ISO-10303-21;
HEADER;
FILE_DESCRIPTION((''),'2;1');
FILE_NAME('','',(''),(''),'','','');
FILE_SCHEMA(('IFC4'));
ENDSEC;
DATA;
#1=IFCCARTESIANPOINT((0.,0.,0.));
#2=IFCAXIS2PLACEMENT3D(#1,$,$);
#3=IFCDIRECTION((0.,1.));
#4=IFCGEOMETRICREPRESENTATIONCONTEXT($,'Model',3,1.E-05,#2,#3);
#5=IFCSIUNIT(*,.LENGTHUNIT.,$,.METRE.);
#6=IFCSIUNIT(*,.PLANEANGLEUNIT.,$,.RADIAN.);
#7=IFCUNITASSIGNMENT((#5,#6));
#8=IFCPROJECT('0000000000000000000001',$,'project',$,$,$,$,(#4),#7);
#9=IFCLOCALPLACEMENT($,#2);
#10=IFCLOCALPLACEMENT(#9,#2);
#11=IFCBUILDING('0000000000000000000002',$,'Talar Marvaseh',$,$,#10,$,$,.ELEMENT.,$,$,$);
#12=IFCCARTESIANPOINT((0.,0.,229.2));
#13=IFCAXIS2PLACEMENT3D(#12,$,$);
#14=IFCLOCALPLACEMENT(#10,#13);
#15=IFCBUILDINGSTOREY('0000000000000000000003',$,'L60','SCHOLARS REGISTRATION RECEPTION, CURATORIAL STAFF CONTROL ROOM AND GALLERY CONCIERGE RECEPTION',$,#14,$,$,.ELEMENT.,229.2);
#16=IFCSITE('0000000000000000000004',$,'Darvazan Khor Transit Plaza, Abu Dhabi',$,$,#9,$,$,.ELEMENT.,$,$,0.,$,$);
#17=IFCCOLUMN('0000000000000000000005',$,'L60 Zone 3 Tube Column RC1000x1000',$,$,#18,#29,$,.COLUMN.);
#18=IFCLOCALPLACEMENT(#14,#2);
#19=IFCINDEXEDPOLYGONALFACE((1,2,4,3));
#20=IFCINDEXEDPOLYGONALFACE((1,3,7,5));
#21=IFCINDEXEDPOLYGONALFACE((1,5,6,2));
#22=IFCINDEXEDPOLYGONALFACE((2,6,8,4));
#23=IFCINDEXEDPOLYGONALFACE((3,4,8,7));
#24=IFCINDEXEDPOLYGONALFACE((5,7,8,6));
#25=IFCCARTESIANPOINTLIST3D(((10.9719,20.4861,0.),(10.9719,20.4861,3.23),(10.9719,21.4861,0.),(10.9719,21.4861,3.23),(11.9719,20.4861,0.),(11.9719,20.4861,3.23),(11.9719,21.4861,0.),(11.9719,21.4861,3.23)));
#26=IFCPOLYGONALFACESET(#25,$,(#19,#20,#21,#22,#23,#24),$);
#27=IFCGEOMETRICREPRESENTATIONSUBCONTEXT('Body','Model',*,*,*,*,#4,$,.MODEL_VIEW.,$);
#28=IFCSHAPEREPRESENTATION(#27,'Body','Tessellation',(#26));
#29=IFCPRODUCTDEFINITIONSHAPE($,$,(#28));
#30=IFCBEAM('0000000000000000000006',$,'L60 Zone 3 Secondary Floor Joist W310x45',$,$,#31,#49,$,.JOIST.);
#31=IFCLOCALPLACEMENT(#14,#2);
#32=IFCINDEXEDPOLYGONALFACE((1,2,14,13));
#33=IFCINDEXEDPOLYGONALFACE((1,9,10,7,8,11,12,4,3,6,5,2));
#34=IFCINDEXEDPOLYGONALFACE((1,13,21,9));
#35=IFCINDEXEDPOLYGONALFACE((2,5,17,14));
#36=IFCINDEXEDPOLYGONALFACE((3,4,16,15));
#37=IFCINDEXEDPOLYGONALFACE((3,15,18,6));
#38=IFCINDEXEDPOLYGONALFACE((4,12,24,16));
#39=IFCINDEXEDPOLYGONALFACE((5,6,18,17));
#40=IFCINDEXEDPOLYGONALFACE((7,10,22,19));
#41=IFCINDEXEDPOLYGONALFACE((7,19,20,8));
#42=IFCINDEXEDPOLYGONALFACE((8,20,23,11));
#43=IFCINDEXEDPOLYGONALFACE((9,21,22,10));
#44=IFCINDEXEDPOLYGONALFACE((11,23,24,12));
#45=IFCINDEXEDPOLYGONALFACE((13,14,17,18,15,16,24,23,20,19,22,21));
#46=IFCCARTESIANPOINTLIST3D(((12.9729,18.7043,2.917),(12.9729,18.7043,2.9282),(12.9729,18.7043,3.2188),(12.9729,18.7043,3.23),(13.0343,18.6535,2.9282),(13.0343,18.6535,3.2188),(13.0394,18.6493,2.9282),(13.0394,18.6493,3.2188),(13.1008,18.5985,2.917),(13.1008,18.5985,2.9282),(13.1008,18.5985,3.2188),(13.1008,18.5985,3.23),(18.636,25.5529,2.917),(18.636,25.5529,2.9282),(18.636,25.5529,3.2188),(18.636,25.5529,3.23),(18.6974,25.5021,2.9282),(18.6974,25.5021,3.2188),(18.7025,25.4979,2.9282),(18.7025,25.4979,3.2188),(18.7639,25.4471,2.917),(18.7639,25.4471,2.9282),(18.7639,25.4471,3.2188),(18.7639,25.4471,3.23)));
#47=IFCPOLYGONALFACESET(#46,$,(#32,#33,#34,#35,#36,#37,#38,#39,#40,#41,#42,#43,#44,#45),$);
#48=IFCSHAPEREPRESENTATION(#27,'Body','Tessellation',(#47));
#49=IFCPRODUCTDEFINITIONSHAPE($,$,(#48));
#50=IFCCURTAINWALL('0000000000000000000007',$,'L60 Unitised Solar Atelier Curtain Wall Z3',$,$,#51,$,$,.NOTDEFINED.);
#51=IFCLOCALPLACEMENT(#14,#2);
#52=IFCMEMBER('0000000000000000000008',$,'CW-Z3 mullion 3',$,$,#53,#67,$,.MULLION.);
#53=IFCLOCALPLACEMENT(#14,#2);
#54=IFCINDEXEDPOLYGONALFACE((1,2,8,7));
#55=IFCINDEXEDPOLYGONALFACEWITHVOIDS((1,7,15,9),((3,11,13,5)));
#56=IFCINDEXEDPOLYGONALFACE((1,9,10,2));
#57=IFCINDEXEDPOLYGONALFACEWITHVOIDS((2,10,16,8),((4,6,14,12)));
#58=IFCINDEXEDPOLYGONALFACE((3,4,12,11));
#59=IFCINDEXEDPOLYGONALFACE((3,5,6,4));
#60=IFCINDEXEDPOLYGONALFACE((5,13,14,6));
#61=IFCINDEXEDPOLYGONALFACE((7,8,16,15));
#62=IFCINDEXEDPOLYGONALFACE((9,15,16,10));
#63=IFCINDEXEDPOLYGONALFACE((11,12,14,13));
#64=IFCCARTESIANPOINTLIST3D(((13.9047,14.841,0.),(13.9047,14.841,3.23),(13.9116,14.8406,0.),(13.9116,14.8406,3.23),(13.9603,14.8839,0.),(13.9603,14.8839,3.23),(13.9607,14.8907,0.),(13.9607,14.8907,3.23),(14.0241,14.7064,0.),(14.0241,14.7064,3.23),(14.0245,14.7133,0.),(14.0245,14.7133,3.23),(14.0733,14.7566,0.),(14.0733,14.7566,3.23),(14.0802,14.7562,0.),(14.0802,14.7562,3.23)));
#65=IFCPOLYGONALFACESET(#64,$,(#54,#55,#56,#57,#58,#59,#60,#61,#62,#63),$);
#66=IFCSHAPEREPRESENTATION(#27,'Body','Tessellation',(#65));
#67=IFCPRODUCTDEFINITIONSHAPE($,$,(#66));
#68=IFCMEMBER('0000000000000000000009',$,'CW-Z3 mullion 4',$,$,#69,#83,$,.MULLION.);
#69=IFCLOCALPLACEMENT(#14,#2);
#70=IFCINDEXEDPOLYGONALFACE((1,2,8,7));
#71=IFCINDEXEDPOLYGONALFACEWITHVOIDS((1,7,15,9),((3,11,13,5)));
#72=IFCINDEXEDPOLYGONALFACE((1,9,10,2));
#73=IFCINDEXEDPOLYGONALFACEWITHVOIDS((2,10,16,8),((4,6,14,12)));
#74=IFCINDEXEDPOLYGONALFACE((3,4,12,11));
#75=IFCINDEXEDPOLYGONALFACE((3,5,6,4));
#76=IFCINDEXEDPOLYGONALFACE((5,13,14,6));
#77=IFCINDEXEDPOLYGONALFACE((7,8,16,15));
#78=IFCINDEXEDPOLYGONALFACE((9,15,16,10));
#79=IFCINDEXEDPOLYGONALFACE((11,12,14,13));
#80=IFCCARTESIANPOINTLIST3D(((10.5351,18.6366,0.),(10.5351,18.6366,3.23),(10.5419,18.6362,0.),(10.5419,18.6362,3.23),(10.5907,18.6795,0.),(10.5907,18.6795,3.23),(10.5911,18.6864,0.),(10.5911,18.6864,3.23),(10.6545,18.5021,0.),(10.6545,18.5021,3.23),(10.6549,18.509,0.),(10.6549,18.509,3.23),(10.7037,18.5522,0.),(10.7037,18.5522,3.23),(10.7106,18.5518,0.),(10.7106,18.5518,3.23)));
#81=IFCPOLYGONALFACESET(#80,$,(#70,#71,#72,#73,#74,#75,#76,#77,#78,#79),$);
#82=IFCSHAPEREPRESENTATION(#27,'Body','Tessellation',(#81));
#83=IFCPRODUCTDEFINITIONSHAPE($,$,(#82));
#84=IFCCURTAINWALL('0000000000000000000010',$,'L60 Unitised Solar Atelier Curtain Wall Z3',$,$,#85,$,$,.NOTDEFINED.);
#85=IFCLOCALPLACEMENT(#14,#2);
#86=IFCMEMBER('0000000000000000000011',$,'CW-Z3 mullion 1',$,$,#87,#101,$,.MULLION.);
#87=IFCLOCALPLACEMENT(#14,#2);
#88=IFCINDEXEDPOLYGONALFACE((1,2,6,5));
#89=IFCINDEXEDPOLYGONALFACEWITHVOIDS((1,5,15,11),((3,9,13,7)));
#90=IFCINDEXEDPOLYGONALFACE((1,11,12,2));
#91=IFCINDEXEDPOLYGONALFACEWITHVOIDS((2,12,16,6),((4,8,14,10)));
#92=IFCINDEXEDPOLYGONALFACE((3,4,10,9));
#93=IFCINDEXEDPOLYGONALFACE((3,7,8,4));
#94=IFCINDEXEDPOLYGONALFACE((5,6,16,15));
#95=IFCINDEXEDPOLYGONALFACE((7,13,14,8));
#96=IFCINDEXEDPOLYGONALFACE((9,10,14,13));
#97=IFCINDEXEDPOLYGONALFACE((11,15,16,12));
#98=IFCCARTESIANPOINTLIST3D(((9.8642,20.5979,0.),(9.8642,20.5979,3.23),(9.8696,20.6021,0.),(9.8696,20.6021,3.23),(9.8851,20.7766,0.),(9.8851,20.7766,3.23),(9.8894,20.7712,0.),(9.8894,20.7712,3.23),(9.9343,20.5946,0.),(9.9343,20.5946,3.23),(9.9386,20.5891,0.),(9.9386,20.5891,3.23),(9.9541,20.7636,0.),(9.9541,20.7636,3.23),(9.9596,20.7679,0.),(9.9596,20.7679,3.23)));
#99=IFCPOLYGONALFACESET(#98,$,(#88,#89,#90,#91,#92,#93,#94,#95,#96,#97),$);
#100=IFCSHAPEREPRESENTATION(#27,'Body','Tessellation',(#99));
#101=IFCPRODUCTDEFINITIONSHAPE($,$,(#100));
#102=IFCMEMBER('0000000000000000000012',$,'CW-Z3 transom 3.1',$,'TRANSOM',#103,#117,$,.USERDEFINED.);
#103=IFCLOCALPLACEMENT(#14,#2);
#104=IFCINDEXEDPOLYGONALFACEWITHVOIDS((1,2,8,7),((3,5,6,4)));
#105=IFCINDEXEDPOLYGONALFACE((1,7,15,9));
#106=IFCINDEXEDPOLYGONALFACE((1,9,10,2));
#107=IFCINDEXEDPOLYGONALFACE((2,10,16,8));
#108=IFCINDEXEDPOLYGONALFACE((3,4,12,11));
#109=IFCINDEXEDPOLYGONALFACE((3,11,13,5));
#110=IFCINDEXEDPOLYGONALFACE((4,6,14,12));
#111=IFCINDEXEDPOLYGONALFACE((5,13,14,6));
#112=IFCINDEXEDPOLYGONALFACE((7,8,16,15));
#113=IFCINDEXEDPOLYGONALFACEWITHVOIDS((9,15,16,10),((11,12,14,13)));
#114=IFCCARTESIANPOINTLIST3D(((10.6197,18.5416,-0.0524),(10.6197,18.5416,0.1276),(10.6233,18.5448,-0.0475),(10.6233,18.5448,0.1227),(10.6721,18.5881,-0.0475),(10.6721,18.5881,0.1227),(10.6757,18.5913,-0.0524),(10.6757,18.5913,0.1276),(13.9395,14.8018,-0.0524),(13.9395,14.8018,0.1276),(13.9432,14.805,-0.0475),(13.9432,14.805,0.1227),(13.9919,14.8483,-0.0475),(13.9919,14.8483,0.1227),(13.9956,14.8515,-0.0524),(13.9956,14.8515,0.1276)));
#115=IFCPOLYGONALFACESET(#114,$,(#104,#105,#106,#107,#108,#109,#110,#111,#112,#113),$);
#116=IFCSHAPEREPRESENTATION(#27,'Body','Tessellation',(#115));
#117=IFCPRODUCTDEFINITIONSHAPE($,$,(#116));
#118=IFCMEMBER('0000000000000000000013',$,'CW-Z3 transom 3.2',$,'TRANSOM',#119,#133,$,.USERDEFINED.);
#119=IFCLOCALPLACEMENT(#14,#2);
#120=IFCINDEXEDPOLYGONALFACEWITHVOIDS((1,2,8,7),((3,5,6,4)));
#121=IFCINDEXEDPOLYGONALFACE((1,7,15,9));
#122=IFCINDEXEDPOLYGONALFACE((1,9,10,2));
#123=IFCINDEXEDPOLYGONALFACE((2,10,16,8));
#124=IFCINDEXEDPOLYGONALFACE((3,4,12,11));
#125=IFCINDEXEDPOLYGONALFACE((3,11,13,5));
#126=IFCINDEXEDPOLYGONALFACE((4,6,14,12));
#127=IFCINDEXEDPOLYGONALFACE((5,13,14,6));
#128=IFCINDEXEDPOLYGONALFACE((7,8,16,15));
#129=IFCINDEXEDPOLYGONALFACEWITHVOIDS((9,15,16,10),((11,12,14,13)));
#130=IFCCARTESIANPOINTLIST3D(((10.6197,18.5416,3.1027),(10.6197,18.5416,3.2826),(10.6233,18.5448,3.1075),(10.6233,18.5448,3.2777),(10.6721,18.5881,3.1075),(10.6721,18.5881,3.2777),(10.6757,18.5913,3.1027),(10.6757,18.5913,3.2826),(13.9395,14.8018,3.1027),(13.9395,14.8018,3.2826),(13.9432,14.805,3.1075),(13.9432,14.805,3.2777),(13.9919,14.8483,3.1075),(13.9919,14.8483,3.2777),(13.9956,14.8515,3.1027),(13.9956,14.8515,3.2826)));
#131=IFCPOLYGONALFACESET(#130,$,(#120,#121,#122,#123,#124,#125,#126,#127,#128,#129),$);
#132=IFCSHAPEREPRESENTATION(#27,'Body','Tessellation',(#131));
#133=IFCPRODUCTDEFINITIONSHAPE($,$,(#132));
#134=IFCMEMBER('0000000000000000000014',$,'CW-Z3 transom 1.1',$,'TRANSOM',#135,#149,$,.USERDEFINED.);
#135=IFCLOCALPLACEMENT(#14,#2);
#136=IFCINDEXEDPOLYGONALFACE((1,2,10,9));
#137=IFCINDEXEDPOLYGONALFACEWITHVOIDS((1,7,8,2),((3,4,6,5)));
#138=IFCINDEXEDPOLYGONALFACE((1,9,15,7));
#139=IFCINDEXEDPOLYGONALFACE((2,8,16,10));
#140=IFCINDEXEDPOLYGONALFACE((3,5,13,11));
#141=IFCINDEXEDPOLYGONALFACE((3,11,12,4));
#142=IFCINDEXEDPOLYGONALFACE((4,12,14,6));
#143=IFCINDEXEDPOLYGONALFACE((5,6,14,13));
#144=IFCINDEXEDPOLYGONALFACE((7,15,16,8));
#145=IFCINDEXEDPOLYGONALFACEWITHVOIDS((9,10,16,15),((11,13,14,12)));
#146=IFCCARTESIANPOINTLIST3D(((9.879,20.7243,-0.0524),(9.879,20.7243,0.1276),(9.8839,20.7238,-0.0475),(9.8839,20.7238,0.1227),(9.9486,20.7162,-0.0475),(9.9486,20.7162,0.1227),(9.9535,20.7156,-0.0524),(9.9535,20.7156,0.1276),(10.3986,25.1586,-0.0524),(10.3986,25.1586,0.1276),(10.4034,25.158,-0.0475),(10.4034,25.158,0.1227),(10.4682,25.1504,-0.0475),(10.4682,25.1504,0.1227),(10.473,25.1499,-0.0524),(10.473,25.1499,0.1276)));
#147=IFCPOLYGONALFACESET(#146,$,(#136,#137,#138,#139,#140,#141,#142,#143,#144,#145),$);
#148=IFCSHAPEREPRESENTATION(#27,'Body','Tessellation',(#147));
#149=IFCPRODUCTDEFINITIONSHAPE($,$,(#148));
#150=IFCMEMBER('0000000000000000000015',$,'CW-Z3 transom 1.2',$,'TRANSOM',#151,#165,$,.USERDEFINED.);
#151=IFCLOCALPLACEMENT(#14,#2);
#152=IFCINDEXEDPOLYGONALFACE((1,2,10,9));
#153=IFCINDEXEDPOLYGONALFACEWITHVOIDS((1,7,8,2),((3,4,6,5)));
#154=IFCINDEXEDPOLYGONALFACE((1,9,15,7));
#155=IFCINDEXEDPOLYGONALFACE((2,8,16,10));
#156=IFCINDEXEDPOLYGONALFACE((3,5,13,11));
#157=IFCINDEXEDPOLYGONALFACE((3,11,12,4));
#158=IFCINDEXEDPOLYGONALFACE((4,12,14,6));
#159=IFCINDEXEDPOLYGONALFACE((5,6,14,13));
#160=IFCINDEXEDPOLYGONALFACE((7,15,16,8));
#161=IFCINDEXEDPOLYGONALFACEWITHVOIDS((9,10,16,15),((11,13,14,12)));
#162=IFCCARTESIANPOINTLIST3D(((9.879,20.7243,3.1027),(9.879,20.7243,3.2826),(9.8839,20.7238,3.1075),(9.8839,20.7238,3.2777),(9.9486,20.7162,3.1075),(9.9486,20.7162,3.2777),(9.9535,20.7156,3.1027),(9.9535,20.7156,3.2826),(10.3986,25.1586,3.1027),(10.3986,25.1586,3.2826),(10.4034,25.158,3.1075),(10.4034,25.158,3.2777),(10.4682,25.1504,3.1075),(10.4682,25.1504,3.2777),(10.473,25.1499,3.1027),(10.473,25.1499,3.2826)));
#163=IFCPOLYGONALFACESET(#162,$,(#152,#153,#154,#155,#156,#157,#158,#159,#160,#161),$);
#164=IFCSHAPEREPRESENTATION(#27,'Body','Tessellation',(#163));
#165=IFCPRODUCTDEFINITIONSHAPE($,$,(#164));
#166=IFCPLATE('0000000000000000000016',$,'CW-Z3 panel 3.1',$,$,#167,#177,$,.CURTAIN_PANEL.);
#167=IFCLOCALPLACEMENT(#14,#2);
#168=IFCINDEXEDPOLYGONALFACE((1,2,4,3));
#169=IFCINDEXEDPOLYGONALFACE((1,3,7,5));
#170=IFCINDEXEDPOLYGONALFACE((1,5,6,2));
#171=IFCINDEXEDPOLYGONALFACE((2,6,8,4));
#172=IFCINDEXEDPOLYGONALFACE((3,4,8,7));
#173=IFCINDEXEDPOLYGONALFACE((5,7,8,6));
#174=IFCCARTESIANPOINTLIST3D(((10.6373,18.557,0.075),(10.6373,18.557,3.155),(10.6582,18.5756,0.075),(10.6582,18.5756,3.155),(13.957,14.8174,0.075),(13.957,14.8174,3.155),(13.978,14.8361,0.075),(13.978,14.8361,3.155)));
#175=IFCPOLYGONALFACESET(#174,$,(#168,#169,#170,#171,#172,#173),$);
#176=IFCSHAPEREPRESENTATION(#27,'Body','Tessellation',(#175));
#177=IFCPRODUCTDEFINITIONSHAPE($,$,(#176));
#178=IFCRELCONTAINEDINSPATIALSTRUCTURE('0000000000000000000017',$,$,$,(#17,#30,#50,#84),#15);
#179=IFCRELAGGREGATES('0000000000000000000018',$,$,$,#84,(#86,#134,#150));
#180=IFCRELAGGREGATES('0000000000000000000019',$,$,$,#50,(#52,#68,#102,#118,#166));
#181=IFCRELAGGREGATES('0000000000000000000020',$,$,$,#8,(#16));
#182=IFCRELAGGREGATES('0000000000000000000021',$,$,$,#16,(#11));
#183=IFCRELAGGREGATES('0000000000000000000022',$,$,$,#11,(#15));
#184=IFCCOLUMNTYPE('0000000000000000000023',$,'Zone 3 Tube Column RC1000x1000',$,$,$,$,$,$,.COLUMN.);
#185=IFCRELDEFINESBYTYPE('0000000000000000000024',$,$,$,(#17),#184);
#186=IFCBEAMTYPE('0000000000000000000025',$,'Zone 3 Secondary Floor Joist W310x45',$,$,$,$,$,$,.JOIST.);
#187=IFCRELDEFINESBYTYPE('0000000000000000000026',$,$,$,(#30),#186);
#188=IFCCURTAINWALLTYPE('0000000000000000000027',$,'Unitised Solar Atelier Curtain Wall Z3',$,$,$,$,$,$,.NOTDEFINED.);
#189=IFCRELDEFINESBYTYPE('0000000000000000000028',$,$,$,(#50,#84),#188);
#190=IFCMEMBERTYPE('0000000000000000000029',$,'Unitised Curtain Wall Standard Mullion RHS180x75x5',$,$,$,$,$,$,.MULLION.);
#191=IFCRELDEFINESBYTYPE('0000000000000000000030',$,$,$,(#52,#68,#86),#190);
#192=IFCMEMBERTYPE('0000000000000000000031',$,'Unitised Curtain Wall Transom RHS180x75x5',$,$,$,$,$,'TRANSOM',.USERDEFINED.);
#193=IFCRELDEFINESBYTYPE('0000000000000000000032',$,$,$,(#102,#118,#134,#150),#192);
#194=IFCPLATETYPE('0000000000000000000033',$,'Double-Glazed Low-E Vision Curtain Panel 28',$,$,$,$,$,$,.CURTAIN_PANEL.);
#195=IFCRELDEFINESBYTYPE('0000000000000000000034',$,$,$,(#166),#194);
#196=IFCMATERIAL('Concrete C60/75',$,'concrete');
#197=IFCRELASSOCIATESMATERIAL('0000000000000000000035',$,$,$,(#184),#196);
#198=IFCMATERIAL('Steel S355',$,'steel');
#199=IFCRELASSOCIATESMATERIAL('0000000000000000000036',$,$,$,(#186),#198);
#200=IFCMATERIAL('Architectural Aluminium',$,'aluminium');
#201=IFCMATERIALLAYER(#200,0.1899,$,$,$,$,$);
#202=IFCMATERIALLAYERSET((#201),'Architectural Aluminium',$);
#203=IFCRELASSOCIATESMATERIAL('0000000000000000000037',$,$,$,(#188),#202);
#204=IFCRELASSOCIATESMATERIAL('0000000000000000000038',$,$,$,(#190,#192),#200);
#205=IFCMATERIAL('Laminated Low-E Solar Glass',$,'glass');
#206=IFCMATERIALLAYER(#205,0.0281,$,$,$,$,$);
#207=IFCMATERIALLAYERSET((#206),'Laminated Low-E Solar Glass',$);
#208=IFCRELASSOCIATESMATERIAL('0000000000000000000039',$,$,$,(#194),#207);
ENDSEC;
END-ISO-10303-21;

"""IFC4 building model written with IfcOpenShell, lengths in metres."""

from ifc_helpers import new_model, si_unit, direction, frame, origin, origin_2d, place, context, subcontext, project, spatial, rectangle, hollow_rectangle, i_section, extrude, source, transform, mapped, material, layer, layer_set, material_profile, profile_set, type_object, type_shapes, element, aggregate, save


model = new_model("IFC4")

# Units and contexts
model_context = context("Model", 3, precision=1e-05, world=origin(), true_north=direction((0.0, 1.0)))
body_context = subcontext(model_context, "Body", "Model", "MODEL_VIEW")
ifc_project = project(units=[si_unit("LENGTHUNIT", "METRE"), si_unit("PLANEANGLEUNIT", "RADIAN")], contexts=[model_context])

# Site, building, storey
site_placement = place(None, origin())
site = spatial("IfcSite", under=ifc_project, at=site_placement, Name="Darvazan Khor Transit Plaza, Abu Dhabi", CompositionType="ELEMENT", RefElevation=0.0)
building_placement = place(site_placement, origin())
building = spatial("IfcBuilding", under=site, at=building_placement, Name="Talar Marvaseh", CompositionType="ELEMENT")
storey_placement = place(building_placement, frame((0.0, 0.0, 229.2)))
storey = spatial("IfcBuildingStorey", under=building, at=storey_placement, Name="L60", Description="SCHOLARS REGISTRATION RECEPTION, CURATORIAL STAFF CONTROL ROOM AND GALLERY CONCIERGE RECEPTION", CompositionType="ELEMENT", Elevation=229.2)

# Column
ifc_material_1 = material(Name="Concrete C60/75", Category="concrete")
ifc_material_profile_1 = material_profile(ifc_material_1, rectangle(XDim=1.0, YDim=1.0, at=origin_2d()), Name="RC1000x1000")
ifc_profile_set_1 = profile_set([ifc_material_profile_1], Name="Concrete C60/75")
column_type = type_object("IfcColumnType", Name="Zone 3 Tube Column RC1000x1000", PredefinedType="COLUMN", material=ifc_profile_set_1)
column_placement = place(storey_placement, frame((11.4719, 20.9861, 0.0), z_axis=(0.0, 0.0, 1.0), x_axis=(1.0, 0.0, 0.0)))
element("IfcColumn", 1, at=column_placement, inside=storey, type_object=column_type, Name="L60 Zone 3 Tube Column RC1000x1000", PredefinedType="COLUMN", context=body_context, shape_type="SweptSolid", body=[
    extrude(rectangle(XDim=1.0, YDim=1.0, at=origin_2d()), origin(), (0.0, 0.0, 1.0), 3.23),
])

# Beam
ifc_material_2 = material(Name="Steel S355", Category="steel")
ifc_material_profile_2 = material_profile(ifc_material_2, i_section(OverallWidth=0.166, OverallDepth=0.313, WebThickness=0.0066, FlangeThickness=0.0112, at=origin_2d()), Name="W310x45")
ifc_profile_set_2 = profile_set([ifc_material_profile_2], Name="Steel S355")
beam_type = type_object("IfcBeamType", Name="Zone 3 Secondary Floor Joist W310x45", PredefinedType="JOIST", material=ifc_profile_set_2)
beam_placement = place(storey_placement, frame((13.0369, 18.6514, 3.0735), z_axis=(0.637251, 0.770657, 0.0), x_axis=(-0.770657, 0.637251, 0.0)))
element("IfcBeam", 2, at=beam_placement, inside=storey, type_object=beam_type, Name="L60 Zone 3 Secondary Floor Joist W310x45", PredefinedType="JOIST", context=body_context, shape_type="SweptSolid", body=[
    extrude(i_section(OverallWidth=0.166, OverallDepth=0.313, WebThickness=0.0066, FlangeThickness=0.0112, at=origin_2d()), origin(), (0.0, 0.0, 1.0), 8.8867),
])

# Curtain wall, members
ifc_material_3 = material(Name="Architectural Aluminium", Category="aluminium")
ifc_layer_1 = layer(ifc_material_3, 0.1899)
ifc_layer_set_1 = layer_set([ifc_layer_1], Name="Architectural Aluminium")
curtain_wall_type = type_object("IfcCurtainWallType", Name="Unitised Solar Atelier Curtain Wall Z3", PredefinedType="NOTDEFINED", material=ifc_layer_set_1)
curtain_wall_1_placement = place(storey_placement, origin())
curtain_wall_1 = element("IfcCurtainWall", 3, at=curtain_wall_1_placement, inside=storey, type_object=curtain_wall_type, Name="L60 Unitised Solar Atelier Curtain Wall Z3", PredefinedType="NOTDEFINED")
ifc_material_profile_3 = material_profile(ifc_material_3, hollow_rectangle(XDim=0.075, YDim=0.1799, WallThickness=0.0049, at=origin_2d()), Name="RHS180x75x5")
ifc_profile_set_3 = profile_set([ifc_material_profile_3], Name="Architectural Aluminium")
member_type_1 = type_object("IfcMemberType", Name="Unitised Curtain Wall Standard Mullion RHS180x75x5", PredefinedType="MULLION", material=ifc_profile_set_3)
shared_shape_1 = source(origin(), body_context, "Body", "SweptSolid", [
    extrude(hollow_rectangle(XDim=0.075, YDim=0.1799, WallThickness=0.0049, at=origin_2d()), origin(), (0.0, 0.0, 1.0), 3.23),
])
type_shapes(member_type_1, [shared_shape_1])
member_1_placement = place(storey_placement, frame((13.9924, 14.7986, 0.0), z_axis=(0.0, 0.0, 1.0), x_axis=(-0.747838, -0.663882, 0.0)))
member_1 = element("IfcMember", 4, at=member_1_placement, type_object=member_type_1, Name="CW-Z3 mullion 3", PredefinedType="MULLION", context=body_context, shape_type="MappedRepresentation", body=[
    mapped(shared_shape_1, transform((0.0, 0.0, 0.0), x_axis=(1.0, 0.0, 0.0), y_axis=(0.0, 1.0, 0.0), z_axis=(0.0, 0.0, 1.0), scale=1.0)),
])
member_2_placement = place(storey_placement, frame((10.6228, 18.5942, 0.0), z_axis=(0.0, 0.0, 1.0), x_axis=(-0.747838, -0.663882, 0.0)))
member_2 = element("IfcMember", 5, at=member_2_placement, type_object=member_type_1, Name="CW-Z3 mullion 4", PredefinedType="MULLION", context=body_context, shape_type="MappedRepresentation", body=[
    mapped(shared_shape_1, transform((0.0, 0.0, 0.0), x_axis=(1.0, 0.0, 0.0), y_axis=(0.0, 1.0, 0.0), z_axis=(0.0, 0.0, 1.0), scale=1.0)),
])

# Curtain wall, member
curtain_wall_2_placement = place(storey_placement, origin())
curtain_wall_2 = element("IfcCurtainWall", 6, at=curtain_wall_2_placement, inside=storey, type_object=curtain_wall_type, Name="L60 Unitised Solar Atelier Curtain Wall Z3", PredefinedType="NOTDEFINED")
member_3_placement = place(storey_placement, frame((9.9119, 20.6829, 0.0), z_axis=(0.0, 0.0, 1.0), x_axis=(-0.993206, 0.116366, 0.0)))
member_3 = element("IfcMember", 7, at=member_3_placement, type_object=member_type_1, Name="CW-Z3 mullion 1", PredefinedType="MULLION", context=body_context, shape_type="MappedRepresentation", body=[
    mapped(shared_shape_1, transform((0.0, 0.0, 0.0), x_axis=(1.0, 0.0, 0.0), y_axis=(0.0, 1.0, 0.0), z_axis=(0.0, 0.0, 1.0), scale=1.0)),
])

# Members
ifc_material_profile_4 = material_profile(ifc_material_3, hollow_rectangle(XDim=0.075, YDim=0.1799, WallThickness=0.0049, at=origin_2d()), Name="RHS180x75x5")
ifc_profile_set_4 = profile_set([ifc_material_profile_4], Name="Architectural Aluminium")
member_type_2 = type_object("IfcMemberType", Name="Unitised Curtain Wall Transom RHS180x75x5", ElementType="TRANSOM", PredefinedType="USERDEFINED", material=ifc_profile_set_4)
shared_shape_2 = source(origin(), body_context, "Body", "SweptSolid", [
    extrude(hollow_rectangle(XDim=0.075, YDim=0.1799, WallThickness=0.0049, at=origin_2d()), origin(), (0.0, 0.0, 1.0), 5.0007),
])
member_4_placement = place(storey_placement, frame((13.9675, 14.8267, 0.0376), z_axis=(-0.663873, 0.747846, 0.0), x_axis=(-0.747846, -0.663873, 0.0)))
member_4 = element("IfcMember", 8, at=member_4_placement, type_object=member_type_2, Name="CW-Z3 transom 3.1", ObjectType="TRANSOM", PredefinedType="USERDEFINED", context=body_context, shape_type="MappedRepresentation", body=[
    mapped(shared_shape_2, transform((0.0, 0.0, 0.0), x_axis=(1.0, 0.0, 0.0), y_axis=(0.0, 1.0, 0.0), z_axis=(0.0, 0.0, 1.0), scale=1.0)),
])
member_5_placement = place(storey_placement, frame((13.9675, 14.8267, 3.1926), z_axis=(-0.663873, 0.747846, 0.0), x_axis=(-0.747846, -0.663873, 0.0)))
member_5 = element("IfcMember", 9, at=member_5_placement, type_object=member_type_2, Name="CW-Z3 transom 3.2", ObjectType="TRANSOM", PredefinedType="USERDEFINED", context=body_context, shape_type="MappedRepresentation", body=[
    mapped(shared_shape_2, transform((0.0, 0.0, 0.0), x_axis=(1.0, 0.0, 0.0), y_axis=(0.0, 1.0, 0.0), z_axis=(0.0, 0.0, 1.0), scale=1.0)),
])
shared_shape_3 = source(origin(), body_context, "Body", "SweptSolid", [
    extrude(hollow_rectangle(XDim=0.075, YDim=0.1799, WallThickness=0.0049, at=origin_2d()), origin(), (0.0, 0.0, 1.0), 4.4646),
])
type_shapes(member_type_2, [shared_shape_2, shared_shape_3])
member_6_placement = place(storey_placement, frame((9.9163, 20.72, 0.0376), z_axis=(0.116365, 0.993206, 0.0), x_axis=(-0.993206, 0.116365, 0.0)))
member_6 = element("IfcMember", 10, at=member_6_placement, type_object=member_type_2, Name="CW-Z3 transom 1.1", ObjectType="TRANSOM", PredefinedType="USERDEFINED", context=body_context, shape_type="MappedRepresentation", body=[
    mapped(shared_shape_3, transform((0.0, 0.0, 0.0), x_axis=(1.0, 0.0, 0.0), y_axis=(0.0, 1.0, 0.0), z_axis=(0.0, 0.0, 1.0), scale=1.0)),
])
member_7_placement = place(storey_placement, frame((9.9163, 20.72, 3.1926), z_axis=(0.116365, 0.993206, 0.0), x_axis=(-0.993206, 0.116365, 0.0)))
member_7 = element("IfcMember", 11, at=member_7_placement, type_object=member_type_2, Name="CW-Z3 transom 1.2", ObjectType="TRANSOM", PredefinedType="USERDEFINED", context=body_context, shape_type="MappedRepresentation", body=[
    mapped(shared_shape_3, transform((0.0, 0.0, 0.0), x_axis=(1.0, 0.0, 0.0), y_axis=(0.0, 1.0, 0.0), z_axis=(0.0, 0.0, 1.0), scale=1.0)),
])
aggregate(curtain_wall_2, [member_3, member_6, member_7])

# Plate
ifc_material_4 = material(Name="Laminated Low-E Solar Glass", Category="glass")
ifc_layer_2 = layer(ifc_material_4, 0.0281)
ifc_layer_set_2 = layer_set([ifc_layer_2], Name="Laminated Low-E Solar Glass")
plate_type = type_object("IfcPlateType", Name="Double-Glazed Low-E Vision Curtain Panel 28", PredefinedType="CURTAIN_PANEL", material=ifc_layer_set_2)
shared_shape_4 = source(origin(), body_context, "Body", "SweptSolid", [
    extrude(rectangle(XDim=5.0005, YDim=0.0281, at=origin_2d()), origin(), (0.0, 0.0, 1.0), 3.0801),
])
type_shapes(plate_type, [shared_shape_4])
plate_placement = place(storey_placement, frame((12.3076, 16.6965, 0.075), z_axis=(0.0, 0.0, 1.0), x_axis=(-0.663882, 0.747838, 0.0)))
plate = element("IfcPlate", 12, at=plate_placement, type_object=plate_type, Name="CW-Z3 panel 3.1", PredefinedType="CURTAIN_PANEL", context=body_context, shape_type="MappedRepresentation", body=[
    mapped(shared_shape_4, transform((0.0, 0.0, 0.0), x_axis=(1.0, 0.0, 0.0), y_axis=(0.0, 1.0, 0.0), z_axis=(0.0, 0.0, 1.0), scale=1.0)),
])
aggregate(curtain_wall_1, [member_1, member_2, member_4, member_5, plate])

save(model, "model.ifc")
